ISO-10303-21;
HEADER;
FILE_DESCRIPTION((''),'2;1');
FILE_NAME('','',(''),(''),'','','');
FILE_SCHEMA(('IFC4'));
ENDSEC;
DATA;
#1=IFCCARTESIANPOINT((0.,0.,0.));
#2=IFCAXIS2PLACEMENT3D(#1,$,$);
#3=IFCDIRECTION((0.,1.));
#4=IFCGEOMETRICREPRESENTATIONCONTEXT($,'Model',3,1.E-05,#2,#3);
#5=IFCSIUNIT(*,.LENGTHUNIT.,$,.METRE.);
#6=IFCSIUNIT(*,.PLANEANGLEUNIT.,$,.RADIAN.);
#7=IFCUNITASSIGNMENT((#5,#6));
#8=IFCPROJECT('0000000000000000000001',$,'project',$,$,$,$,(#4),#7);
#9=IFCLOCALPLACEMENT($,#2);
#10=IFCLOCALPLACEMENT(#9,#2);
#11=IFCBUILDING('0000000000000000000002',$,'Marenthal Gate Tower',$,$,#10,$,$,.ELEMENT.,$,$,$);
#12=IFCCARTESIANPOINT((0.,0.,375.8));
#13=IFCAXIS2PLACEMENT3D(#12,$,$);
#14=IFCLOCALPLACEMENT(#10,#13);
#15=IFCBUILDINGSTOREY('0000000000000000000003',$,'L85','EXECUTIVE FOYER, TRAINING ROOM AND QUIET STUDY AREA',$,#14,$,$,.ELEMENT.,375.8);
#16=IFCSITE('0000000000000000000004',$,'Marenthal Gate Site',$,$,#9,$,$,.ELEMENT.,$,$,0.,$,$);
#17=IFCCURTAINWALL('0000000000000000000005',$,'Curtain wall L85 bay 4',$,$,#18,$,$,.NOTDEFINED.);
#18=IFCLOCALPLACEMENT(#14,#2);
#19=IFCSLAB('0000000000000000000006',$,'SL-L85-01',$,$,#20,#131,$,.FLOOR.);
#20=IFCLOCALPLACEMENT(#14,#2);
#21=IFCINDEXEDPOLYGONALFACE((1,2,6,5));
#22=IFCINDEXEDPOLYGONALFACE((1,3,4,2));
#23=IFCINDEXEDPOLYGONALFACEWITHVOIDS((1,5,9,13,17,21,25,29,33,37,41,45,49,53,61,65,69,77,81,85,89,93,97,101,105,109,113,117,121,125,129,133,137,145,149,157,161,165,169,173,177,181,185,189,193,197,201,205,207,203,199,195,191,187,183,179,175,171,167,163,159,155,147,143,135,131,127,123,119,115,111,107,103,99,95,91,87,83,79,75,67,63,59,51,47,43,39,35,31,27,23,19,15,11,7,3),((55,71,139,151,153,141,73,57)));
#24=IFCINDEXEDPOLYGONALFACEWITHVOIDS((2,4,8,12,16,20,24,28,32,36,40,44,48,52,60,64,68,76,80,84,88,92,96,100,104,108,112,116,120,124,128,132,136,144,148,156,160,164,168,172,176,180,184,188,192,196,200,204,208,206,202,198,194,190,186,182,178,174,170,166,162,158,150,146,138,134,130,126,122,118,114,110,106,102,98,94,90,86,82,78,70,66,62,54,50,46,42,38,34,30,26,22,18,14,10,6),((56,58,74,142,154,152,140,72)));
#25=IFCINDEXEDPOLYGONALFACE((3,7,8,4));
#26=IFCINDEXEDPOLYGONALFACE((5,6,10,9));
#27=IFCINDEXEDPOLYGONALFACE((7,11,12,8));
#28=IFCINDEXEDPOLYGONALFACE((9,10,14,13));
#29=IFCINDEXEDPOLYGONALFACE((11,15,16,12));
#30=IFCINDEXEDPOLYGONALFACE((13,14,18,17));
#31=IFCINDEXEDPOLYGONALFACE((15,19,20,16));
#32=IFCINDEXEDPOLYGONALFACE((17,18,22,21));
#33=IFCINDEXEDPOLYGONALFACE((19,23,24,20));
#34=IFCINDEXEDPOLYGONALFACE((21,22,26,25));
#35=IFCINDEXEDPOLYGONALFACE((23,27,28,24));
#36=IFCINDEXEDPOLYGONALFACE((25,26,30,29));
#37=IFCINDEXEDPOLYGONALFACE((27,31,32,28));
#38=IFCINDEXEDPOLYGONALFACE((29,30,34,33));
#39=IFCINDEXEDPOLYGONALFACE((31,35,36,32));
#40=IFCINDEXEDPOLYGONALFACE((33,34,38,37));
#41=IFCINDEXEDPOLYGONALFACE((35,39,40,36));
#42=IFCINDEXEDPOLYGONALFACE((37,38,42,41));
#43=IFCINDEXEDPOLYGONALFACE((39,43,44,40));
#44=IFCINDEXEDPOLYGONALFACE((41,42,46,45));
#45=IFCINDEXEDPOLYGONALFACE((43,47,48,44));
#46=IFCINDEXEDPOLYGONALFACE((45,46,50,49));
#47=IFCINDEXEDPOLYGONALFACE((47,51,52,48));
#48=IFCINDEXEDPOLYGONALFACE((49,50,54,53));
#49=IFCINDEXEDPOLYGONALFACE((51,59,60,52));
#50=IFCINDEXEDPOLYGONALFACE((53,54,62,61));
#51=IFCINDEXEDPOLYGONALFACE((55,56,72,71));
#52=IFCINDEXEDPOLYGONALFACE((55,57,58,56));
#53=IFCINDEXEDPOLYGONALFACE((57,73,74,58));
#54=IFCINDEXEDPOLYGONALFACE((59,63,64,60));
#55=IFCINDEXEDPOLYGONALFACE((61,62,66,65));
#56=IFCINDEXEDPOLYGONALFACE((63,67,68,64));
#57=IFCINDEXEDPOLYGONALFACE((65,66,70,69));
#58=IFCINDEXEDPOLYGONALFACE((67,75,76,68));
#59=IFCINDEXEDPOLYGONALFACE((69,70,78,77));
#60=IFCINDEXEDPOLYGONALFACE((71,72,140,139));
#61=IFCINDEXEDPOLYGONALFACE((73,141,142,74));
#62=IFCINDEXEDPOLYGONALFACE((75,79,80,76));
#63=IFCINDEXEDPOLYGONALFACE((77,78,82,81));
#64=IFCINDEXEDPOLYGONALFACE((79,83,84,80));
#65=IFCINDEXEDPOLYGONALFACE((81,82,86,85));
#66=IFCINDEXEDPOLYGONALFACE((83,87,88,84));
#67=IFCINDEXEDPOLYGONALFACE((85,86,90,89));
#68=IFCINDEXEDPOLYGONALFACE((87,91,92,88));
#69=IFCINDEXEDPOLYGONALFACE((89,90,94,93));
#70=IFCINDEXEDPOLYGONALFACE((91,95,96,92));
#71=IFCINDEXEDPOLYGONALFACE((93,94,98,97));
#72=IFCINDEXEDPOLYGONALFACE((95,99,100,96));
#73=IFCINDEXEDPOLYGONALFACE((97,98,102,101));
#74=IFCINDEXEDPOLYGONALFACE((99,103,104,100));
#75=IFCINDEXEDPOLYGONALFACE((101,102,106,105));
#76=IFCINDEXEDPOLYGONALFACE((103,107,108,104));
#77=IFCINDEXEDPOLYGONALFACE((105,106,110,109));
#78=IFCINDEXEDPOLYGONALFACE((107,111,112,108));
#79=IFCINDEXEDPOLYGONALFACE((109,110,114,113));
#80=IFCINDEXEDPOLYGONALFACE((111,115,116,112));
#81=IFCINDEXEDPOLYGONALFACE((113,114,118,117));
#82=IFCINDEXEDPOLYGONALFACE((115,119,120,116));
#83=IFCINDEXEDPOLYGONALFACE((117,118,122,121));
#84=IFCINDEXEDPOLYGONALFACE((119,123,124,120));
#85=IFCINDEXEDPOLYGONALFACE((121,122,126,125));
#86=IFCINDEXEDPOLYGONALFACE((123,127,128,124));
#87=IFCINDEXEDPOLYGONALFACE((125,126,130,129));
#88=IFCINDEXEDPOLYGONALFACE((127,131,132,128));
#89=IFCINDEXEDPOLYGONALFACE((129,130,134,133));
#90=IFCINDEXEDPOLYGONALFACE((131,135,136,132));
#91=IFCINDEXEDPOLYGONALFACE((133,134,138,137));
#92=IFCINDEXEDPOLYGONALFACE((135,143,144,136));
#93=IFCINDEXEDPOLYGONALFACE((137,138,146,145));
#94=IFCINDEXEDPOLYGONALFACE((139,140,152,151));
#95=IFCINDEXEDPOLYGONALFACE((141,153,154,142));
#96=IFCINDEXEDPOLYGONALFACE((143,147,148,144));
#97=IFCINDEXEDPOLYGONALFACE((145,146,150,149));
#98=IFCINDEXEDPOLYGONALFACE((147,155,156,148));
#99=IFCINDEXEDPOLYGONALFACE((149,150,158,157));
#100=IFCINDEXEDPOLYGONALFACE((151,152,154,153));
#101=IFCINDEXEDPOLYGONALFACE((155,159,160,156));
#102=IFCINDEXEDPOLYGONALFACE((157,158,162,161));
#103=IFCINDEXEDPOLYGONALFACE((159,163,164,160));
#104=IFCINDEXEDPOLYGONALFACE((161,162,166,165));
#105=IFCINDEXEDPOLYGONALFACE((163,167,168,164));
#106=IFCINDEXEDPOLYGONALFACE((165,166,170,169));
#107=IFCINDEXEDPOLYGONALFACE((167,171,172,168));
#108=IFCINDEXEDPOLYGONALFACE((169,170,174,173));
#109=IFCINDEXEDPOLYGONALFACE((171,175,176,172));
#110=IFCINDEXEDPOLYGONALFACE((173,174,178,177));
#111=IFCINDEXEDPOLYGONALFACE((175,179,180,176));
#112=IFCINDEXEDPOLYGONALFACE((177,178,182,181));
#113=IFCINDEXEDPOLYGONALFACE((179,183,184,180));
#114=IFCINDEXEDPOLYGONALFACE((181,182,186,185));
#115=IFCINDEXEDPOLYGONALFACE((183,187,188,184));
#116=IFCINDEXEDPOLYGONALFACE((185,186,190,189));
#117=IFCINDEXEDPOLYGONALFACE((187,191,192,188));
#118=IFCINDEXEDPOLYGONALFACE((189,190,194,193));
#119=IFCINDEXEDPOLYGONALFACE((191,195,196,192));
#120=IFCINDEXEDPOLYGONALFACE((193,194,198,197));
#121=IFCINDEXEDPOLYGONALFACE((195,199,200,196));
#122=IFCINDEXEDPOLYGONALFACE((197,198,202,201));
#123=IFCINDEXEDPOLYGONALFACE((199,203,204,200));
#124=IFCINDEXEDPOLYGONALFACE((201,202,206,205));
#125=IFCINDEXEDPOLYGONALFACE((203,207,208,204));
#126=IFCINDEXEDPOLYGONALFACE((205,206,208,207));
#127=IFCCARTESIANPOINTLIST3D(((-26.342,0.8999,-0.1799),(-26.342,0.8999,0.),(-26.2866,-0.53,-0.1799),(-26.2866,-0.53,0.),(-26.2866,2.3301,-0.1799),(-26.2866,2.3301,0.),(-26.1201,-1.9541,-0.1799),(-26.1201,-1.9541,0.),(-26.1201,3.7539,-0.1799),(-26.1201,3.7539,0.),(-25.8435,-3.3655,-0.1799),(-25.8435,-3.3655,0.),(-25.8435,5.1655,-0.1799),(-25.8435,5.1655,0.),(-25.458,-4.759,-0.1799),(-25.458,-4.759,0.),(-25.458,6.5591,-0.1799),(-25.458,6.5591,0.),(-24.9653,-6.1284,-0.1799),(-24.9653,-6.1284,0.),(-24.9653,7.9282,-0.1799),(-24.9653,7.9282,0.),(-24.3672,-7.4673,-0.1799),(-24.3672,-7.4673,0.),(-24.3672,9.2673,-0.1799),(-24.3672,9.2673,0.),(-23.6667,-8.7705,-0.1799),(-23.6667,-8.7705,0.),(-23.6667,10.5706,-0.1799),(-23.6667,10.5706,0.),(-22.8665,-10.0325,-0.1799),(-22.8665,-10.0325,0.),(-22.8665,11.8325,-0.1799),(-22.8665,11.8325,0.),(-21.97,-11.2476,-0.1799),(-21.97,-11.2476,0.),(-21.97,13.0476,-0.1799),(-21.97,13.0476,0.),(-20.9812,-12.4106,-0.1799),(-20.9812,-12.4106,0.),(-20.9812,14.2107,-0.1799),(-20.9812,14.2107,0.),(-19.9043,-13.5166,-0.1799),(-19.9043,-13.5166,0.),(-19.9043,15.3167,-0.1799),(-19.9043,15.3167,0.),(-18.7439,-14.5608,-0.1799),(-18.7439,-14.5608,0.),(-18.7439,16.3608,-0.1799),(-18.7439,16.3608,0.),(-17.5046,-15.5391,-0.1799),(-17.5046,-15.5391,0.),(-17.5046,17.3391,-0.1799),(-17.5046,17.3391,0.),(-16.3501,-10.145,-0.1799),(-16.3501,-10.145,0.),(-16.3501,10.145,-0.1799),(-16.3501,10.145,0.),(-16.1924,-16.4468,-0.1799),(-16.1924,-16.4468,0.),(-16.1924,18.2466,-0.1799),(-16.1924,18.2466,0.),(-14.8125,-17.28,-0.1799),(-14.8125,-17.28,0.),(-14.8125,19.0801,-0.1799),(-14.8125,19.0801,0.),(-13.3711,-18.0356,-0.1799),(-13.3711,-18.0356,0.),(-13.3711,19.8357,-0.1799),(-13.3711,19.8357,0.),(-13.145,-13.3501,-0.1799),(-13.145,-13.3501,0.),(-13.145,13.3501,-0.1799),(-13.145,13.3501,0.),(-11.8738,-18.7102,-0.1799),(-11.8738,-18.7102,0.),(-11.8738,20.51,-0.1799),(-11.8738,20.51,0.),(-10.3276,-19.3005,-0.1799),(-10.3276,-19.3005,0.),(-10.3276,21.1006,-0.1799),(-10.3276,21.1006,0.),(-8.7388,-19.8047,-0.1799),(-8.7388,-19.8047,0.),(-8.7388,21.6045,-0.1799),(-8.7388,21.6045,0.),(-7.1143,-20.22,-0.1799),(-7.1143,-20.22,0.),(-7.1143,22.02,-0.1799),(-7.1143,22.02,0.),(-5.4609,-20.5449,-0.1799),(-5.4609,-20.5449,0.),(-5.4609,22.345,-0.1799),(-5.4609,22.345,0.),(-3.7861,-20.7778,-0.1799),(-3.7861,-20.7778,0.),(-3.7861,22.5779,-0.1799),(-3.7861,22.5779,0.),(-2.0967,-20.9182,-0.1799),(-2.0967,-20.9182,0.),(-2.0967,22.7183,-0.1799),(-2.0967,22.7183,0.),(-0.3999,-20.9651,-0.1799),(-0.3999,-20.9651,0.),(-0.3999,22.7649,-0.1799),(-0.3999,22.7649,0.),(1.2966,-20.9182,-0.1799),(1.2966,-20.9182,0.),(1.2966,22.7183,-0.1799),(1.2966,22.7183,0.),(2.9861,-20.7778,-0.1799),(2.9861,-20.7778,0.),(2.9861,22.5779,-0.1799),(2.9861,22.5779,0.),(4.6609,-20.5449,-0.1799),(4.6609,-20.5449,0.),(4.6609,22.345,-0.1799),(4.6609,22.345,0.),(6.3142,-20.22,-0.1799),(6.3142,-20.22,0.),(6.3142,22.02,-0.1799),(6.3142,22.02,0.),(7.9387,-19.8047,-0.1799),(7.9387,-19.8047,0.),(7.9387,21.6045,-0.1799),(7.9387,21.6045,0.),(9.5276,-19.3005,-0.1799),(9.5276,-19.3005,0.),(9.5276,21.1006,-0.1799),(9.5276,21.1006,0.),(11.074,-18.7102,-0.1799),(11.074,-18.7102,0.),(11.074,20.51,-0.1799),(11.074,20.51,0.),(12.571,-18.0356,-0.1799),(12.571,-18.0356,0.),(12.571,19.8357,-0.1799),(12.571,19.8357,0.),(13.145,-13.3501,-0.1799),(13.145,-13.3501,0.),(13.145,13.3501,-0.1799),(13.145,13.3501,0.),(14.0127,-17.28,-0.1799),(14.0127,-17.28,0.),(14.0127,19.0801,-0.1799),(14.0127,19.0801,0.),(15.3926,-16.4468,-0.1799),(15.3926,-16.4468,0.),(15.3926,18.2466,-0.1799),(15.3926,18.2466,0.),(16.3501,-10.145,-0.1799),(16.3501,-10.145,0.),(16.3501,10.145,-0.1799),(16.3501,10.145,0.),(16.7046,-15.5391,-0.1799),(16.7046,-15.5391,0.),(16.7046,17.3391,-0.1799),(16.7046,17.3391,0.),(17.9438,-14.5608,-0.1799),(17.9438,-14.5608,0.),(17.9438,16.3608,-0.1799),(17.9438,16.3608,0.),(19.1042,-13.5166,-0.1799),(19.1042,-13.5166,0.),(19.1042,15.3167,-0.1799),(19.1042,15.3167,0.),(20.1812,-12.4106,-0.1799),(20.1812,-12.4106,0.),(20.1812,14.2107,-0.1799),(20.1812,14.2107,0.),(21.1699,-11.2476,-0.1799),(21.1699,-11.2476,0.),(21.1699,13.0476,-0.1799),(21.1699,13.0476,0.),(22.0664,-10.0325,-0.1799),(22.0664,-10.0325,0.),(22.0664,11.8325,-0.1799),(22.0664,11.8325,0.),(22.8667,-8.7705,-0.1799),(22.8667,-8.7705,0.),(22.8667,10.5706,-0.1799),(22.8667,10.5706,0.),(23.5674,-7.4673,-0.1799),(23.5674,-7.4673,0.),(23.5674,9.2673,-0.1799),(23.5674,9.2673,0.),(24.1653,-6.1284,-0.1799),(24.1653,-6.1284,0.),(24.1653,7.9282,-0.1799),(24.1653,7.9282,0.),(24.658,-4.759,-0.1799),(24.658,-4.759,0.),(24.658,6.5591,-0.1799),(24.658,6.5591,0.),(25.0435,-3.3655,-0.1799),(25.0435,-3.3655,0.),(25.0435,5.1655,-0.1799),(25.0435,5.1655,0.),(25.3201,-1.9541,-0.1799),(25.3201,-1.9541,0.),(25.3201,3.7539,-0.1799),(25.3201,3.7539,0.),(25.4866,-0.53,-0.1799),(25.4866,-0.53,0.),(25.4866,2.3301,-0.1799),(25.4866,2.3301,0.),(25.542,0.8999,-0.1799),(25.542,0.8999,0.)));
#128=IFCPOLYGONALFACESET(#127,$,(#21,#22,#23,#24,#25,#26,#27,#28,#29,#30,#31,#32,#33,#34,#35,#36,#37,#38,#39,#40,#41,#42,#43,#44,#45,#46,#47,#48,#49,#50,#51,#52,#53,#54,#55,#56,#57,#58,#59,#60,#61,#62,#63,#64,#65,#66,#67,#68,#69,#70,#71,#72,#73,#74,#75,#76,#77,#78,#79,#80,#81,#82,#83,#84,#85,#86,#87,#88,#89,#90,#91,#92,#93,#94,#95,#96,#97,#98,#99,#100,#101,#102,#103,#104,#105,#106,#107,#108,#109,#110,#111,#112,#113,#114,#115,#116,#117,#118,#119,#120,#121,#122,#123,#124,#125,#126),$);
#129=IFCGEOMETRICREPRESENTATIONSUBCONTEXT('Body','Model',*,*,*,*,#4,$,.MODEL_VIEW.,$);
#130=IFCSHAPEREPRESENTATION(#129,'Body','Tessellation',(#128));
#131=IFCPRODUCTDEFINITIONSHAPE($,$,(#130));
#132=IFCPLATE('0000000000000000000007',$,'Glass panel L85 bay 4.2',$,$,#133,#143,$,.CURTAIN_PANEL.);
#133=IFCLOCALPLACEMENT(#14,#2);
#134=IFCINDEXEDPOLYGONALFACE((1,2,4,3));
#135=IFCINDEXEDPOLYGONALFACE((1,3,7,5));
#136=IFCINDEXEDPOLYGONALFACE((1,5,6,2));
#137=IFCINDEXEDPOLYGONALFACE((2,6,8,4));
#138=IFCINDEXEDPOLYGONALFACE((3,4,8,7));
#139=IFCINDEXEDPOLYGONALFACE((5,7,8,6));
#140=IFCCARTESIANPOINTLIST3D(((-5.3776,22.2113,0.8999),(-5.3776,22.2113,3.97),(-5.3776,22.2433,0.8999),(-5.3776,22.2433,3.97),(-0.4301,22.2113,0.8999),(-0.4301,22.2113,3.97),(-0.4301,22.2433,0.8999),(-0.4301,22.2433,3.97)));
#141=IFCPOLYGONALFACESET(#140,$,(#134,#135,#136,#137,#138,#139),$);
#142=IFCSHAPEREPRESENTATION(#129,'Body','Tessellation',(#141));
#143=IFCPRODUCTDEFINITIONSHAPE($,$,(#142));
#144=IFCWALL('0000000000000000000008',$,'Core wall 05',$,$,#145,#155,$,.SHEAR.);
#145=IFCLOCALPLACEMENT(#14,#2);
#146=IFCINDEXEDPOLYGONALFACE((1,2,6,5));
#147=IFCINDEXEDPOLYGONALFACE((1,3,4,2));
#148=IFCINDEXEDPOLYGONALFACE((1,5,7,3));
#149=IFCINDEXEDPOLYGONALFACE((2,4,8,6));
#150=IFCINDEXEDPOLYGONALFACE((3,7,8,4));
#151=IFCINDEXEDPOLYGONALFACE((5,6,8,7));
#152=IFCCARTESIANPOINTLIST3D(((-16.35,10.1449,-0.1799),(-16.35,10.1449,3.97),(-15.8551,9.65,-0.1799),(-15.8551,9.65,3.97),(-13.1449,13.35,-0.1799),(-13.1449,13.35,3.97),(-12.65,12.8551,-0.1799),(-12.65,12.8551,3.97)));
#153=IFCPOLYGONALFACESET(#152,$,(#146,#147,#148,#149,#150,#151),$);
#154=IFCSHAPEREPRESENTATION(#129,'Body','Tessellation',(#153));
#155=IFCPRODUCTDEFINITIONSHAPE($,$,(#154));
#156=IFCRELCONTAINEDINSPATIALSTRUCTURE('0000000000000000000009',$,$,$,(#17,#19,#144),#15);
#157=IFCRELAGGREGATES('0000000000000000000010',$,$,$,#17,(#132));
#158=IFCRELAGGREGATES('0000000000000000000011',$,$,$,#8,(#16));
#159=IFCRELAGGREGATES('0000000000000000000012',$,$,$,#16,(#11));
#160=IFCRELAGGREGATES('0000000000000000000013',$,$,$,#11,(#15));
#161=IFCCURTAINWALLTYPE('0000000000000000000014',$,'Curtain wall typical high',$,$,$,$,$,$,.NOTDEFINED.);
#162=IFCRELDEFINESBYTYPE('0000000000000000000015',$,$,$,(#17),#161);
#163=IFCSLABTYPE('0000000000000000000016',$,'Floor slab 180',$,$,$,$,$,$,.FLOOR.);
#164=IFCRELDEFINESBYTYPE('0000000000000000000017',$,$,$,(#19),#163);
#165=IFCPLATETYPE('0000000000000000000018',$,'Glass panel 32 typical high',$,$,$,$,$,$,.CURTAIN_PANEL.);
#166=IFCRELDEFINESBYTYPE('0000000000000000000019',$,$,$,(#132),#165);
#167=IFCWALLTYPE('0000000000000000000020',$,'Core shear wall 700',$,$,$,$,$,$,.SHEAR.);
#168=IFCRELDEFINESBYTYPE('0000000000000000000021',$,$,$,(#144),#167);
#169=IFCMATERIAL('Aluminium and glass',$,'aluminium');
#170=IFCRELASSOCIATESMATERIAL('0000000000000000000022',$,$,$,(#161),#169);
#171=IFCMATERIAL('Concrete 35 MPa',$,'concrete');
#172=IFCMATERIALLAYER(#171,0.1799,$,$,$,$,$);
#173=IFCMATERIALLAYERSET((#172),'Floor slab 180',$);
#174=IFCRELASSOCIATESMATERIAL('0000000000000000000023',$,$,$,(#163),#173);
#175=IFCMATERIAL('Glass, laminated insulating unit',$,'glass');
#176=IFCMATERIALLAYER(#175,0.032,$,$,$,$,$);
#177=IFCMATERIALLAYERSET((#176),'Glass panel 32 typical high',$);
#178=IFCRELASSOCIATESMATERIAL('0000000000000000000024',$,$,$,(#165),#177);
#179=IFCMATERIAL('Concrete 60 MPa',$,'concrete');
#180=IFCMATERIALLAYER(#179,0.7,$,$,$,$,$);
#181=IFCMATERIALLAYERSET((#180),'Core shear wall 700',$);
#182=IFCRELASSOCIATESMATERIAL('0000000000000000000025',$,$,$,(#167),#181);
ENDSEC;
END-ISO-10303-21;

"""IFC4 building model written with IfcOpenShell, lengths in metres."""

from ifc_helpers import new_model, si_unit, direction, frame, frame_2d, origin, origin_2d, place, context, subcontext, project, spatial, polyline, rectangle, outline, extrude, material, layer, layer_set, type_object, element, aggregate, save


model = new_model("IFC4")

# Units and contexts
model_context = context("Model", 3, precision=1e-05, world=origin(), true_north=direction((0.0, 1.0)))
body_context = subcontext(model_context, "Body", "Model", "MODEL_VIEW")
ifc_project = project(units=[si_unit("LENGTHUNIT", "METRE"), si_unit("PLANEANGLEUNIT", "RADIAN")], contexts=[model_context])

# Site, building, storey
site_placement = place(None, origin())
site = spatial("IfcSite", under=ifc_project, at=site_placement, Name="Marenthal Gate Site", CompositionType="ELEMENT", RefElevation=0.0)
building_placement = place(site_placement, origin())
building = spatial("IfcBuilding", under=site, at=building_placement, Name="Marenthal Gate Tower", CompositionType="ELEMENT")
storey_placement = place(building_placement, frame((0.0, 0.0, 375.8)))
storey = spatial("IfcBuildingStorey", under=building, at=storey_placement, Name="L85", Description="EXECUTIVE FOYER, TRAINING ROOM AND QUIET STUDY AREA", CompositionType="ELEMENT", Elevation=375.8)

# Curtain wall
ifc_material_1 = material(Name="Aluminium and glass", Category="aluminium")
curtain_wall_type = type_object("IfcCurtainWallType", Name="Curtain wall typical high", PredefinedType="NOTDEFINED", material=ifc_material_1)
curtain_wall_placement = place(storey_placement, origin())
curtain_wall = element("IfcCurtainWall", 1, at=curtain_wall_placement, inside=storey, type_object=curtain_wall_type, Name="Curtain wall L85 bay 4", PredefinedType="NOTDEFINED")

# Slab
ifc_material_2 = material(Name="Concrete 35 MPa", Category="concrete")
ifc_layer_1 = layer(ifc_material_2, 0.1799)
ifc_layer_set_1 = layer_set([ifc_layer_1], Name="Floor slab 180")
slab_type_1 = type_object("IfcSlabType", Name="Floor slab 180", PredefinedType="FLOOR", material=ifc_layer_set_1)
slab_1_placement = place(storey_placement, frame((0.0, 0.0, -0.1799)))
element("IfcSlab", 2, at=slab_1_placement, inside=storey, type_object=slab_type_1, Name="SL-L85-01", PredefinedType="FLOOR", context=body_context, shape_type="SweptSolid", body=[
    extrude(outline(polyline([(25.542, 0.8999), (25.4866, 2.3301), (25.3201, 3.7539), (25.0435, 5.1655), (24.658, 6.5591), (24.1653, 7.9282), (23.5674, 9.2673), (22.8667, 10.5706), (22.0664, 11.8325), (21.1699, 13.0476), (20.1812, 14.2107), (19.1042, 15.3167), (17.9438, 16.3608), (16.7046, 17.3391), (15.3926, 18.2466), (14.0127, 19.0801), (12.571, 19.8357), (11.074, 20.51), (9.5276, 21.1006), (7.9387, 21.6045), (6.3142, 22.02), (4.6609, 22.345), (2.9861, 22.5779), (1.2966, 22.7183), (-0.3999, 22.7649), (-2.0967, 22.7183), (-3.7861, 22.5779), (-5.4609, 22.345), (-7.1143, 22.02), (-8.7388, 21.6045), (-10.3276, 21.1006), (-11.8738, 20.51), (-13.3711, 19.8357), (-14.8125, 19.0801), (-16.1924, 18.2466), (-17.5046, 17.3391), (-18.7439, 16.3608), (-19.9043, 15.3167), (-20.9812, 14.2107), (-21.97, 13.0476), (-22.8665, 11.8325), (-23.6667, 10.5706), (-24.3672, 9.2673), (-24.9653, 7.9282), (-25.458, 6.5591), (-25.8435, 5.1655), (-26.1201, 3.7539), (-26.2866, 2.3301), (-26.342, 0.8999), (-26.2866, -0.53), (-26.1201, -1.9541), (-25.8435, -3.3655), (-25.458, -4.759), (-24.9653, -6.1284), (-24.3672, -7.4673), (-23.6667, -8.7705), (-22.8665, -10.0325), (-21.97, -11.2476), (-20.9812, -12.4106), (-19.9043, -13.5166), (-18.7439, -14.5608), (-17.5046, -15.5391), (-16.1924, -16.4468), (-14.8125, -17.28), (-13.3711, -18.0356), (-11.8738, -18.7102), (-10.3276, -19.3005), (-8.7388, -19.8047), (-7.1143, -20.22), (-5.4609, -20.5449), (-3.7861, -20.7778), (-2.0967, -20.9182), (-0.3999, -20.9651), (1.2966, -20.9182), (2.9861, -20.7778), (4.6609, -20.5449), (6.3142, -20.22), (7.9387, -19.8047), (9.5276, -19.3005), (11.074, -18.7102), (12.571, -18.0356), (14.0127, -17.28), (15.3926, -16.4468), (16.7046, -15.5391), (17.9438, -14.5608), (19.1042, -13.5166), (20.1812, -12.4106), (21.1699, -11.2476), (22.0664, -10.0325), (22.8667, -8.7705), (23.5674, -7.4673), (24.1653, -6.1284), (24.658, -4.759), (25.0435, -3.3655), (25.3201, -1.9541), (25.4866, -0.53), (25.542, 0.8999)]), holes=[polyline([(13.145, -13.3501), (16.3501, -10.145), (16.3501, 10.145), (13.145, 13.3501), (-13.145, 13.3501), (-16.3501, 10.145), (-16.3501, -10.145), (-13.145, -13.3501), (13.145, -13.3501)])]), origin(), (0.0, 0.0, 1.0), 0.1799),
])

# Plate
ifc_material_3 = material(Name="Glass, laminated insulating unit", Category="glass")
ifc_layer_2 = layer(ifc_material_3, 0.032)
ifc_layer_set_2 = layer_set([ifc_layer_2], Name="Glass panel 32 typical high")
plate_type = type_object("IfcPlateType", Name="Glass panel 32 typical high", PredefinedType="CURTAIN_PANEL", material=ifc_layer_set_2)
plate_placement = place(storey_placement, frame((-2.9038, 22.2273, 0.8999), z_axis=(0.0, 0.0, 1.0), x_axis=(-1.0, 0.0, 0.0)))
plate = element("IfcPlate", 3, at=plate_placement, type_object=plate_type, Name="Glass panel L85 bay 4.2", PredefinedType="CURTAIN_PANEL", context=body_context, shape_type="SweptSolid", body=[
    extrude(rectangle(XDim=4.9475, YDim=0.032, at=origin_2d()), origin(), (0.0, 0.0, 1.0), 3.0701),
])
aggregate(curtain_wall, [plate])

# Wall
ifc_material_4 = material(Name="Concrete 60 MPa", Category="concrete")
ifc_layer_3 = layer(ifc_material_4, 0.7)
ifc_layer_set_3 = layer_set([ifc_layer_3], Name="Core shear wall 700")
wall_type_1 = type_object("IfcWallType", Name="Core shear wall 700", PredefinedType="SHEAR", material=ifc_layer_set_3)
wall_1_placement = place(storey_placement, frame((-12.8975, 13.1025, -0.1799), z_axis=(0.0, 0.0, 1.0), x_axis=(-0.707107, -0.707107, 0.0)))
element("IfcWall", 4, at=wall_1_placement, inside=storey, type_object=wall_type_1, Name="Core wall 05", PredefinedType="SHEAR", context=body_context, shape_type="SweptSolid", body=[
    extrude(rectangle(XDim=4.5327, YDim=0.7, at=frame_2d((2.2664, 0.0))), origin(), (0.0, 0.0, 1.0), 4.1499),
])

save(model, "model.ifc")
